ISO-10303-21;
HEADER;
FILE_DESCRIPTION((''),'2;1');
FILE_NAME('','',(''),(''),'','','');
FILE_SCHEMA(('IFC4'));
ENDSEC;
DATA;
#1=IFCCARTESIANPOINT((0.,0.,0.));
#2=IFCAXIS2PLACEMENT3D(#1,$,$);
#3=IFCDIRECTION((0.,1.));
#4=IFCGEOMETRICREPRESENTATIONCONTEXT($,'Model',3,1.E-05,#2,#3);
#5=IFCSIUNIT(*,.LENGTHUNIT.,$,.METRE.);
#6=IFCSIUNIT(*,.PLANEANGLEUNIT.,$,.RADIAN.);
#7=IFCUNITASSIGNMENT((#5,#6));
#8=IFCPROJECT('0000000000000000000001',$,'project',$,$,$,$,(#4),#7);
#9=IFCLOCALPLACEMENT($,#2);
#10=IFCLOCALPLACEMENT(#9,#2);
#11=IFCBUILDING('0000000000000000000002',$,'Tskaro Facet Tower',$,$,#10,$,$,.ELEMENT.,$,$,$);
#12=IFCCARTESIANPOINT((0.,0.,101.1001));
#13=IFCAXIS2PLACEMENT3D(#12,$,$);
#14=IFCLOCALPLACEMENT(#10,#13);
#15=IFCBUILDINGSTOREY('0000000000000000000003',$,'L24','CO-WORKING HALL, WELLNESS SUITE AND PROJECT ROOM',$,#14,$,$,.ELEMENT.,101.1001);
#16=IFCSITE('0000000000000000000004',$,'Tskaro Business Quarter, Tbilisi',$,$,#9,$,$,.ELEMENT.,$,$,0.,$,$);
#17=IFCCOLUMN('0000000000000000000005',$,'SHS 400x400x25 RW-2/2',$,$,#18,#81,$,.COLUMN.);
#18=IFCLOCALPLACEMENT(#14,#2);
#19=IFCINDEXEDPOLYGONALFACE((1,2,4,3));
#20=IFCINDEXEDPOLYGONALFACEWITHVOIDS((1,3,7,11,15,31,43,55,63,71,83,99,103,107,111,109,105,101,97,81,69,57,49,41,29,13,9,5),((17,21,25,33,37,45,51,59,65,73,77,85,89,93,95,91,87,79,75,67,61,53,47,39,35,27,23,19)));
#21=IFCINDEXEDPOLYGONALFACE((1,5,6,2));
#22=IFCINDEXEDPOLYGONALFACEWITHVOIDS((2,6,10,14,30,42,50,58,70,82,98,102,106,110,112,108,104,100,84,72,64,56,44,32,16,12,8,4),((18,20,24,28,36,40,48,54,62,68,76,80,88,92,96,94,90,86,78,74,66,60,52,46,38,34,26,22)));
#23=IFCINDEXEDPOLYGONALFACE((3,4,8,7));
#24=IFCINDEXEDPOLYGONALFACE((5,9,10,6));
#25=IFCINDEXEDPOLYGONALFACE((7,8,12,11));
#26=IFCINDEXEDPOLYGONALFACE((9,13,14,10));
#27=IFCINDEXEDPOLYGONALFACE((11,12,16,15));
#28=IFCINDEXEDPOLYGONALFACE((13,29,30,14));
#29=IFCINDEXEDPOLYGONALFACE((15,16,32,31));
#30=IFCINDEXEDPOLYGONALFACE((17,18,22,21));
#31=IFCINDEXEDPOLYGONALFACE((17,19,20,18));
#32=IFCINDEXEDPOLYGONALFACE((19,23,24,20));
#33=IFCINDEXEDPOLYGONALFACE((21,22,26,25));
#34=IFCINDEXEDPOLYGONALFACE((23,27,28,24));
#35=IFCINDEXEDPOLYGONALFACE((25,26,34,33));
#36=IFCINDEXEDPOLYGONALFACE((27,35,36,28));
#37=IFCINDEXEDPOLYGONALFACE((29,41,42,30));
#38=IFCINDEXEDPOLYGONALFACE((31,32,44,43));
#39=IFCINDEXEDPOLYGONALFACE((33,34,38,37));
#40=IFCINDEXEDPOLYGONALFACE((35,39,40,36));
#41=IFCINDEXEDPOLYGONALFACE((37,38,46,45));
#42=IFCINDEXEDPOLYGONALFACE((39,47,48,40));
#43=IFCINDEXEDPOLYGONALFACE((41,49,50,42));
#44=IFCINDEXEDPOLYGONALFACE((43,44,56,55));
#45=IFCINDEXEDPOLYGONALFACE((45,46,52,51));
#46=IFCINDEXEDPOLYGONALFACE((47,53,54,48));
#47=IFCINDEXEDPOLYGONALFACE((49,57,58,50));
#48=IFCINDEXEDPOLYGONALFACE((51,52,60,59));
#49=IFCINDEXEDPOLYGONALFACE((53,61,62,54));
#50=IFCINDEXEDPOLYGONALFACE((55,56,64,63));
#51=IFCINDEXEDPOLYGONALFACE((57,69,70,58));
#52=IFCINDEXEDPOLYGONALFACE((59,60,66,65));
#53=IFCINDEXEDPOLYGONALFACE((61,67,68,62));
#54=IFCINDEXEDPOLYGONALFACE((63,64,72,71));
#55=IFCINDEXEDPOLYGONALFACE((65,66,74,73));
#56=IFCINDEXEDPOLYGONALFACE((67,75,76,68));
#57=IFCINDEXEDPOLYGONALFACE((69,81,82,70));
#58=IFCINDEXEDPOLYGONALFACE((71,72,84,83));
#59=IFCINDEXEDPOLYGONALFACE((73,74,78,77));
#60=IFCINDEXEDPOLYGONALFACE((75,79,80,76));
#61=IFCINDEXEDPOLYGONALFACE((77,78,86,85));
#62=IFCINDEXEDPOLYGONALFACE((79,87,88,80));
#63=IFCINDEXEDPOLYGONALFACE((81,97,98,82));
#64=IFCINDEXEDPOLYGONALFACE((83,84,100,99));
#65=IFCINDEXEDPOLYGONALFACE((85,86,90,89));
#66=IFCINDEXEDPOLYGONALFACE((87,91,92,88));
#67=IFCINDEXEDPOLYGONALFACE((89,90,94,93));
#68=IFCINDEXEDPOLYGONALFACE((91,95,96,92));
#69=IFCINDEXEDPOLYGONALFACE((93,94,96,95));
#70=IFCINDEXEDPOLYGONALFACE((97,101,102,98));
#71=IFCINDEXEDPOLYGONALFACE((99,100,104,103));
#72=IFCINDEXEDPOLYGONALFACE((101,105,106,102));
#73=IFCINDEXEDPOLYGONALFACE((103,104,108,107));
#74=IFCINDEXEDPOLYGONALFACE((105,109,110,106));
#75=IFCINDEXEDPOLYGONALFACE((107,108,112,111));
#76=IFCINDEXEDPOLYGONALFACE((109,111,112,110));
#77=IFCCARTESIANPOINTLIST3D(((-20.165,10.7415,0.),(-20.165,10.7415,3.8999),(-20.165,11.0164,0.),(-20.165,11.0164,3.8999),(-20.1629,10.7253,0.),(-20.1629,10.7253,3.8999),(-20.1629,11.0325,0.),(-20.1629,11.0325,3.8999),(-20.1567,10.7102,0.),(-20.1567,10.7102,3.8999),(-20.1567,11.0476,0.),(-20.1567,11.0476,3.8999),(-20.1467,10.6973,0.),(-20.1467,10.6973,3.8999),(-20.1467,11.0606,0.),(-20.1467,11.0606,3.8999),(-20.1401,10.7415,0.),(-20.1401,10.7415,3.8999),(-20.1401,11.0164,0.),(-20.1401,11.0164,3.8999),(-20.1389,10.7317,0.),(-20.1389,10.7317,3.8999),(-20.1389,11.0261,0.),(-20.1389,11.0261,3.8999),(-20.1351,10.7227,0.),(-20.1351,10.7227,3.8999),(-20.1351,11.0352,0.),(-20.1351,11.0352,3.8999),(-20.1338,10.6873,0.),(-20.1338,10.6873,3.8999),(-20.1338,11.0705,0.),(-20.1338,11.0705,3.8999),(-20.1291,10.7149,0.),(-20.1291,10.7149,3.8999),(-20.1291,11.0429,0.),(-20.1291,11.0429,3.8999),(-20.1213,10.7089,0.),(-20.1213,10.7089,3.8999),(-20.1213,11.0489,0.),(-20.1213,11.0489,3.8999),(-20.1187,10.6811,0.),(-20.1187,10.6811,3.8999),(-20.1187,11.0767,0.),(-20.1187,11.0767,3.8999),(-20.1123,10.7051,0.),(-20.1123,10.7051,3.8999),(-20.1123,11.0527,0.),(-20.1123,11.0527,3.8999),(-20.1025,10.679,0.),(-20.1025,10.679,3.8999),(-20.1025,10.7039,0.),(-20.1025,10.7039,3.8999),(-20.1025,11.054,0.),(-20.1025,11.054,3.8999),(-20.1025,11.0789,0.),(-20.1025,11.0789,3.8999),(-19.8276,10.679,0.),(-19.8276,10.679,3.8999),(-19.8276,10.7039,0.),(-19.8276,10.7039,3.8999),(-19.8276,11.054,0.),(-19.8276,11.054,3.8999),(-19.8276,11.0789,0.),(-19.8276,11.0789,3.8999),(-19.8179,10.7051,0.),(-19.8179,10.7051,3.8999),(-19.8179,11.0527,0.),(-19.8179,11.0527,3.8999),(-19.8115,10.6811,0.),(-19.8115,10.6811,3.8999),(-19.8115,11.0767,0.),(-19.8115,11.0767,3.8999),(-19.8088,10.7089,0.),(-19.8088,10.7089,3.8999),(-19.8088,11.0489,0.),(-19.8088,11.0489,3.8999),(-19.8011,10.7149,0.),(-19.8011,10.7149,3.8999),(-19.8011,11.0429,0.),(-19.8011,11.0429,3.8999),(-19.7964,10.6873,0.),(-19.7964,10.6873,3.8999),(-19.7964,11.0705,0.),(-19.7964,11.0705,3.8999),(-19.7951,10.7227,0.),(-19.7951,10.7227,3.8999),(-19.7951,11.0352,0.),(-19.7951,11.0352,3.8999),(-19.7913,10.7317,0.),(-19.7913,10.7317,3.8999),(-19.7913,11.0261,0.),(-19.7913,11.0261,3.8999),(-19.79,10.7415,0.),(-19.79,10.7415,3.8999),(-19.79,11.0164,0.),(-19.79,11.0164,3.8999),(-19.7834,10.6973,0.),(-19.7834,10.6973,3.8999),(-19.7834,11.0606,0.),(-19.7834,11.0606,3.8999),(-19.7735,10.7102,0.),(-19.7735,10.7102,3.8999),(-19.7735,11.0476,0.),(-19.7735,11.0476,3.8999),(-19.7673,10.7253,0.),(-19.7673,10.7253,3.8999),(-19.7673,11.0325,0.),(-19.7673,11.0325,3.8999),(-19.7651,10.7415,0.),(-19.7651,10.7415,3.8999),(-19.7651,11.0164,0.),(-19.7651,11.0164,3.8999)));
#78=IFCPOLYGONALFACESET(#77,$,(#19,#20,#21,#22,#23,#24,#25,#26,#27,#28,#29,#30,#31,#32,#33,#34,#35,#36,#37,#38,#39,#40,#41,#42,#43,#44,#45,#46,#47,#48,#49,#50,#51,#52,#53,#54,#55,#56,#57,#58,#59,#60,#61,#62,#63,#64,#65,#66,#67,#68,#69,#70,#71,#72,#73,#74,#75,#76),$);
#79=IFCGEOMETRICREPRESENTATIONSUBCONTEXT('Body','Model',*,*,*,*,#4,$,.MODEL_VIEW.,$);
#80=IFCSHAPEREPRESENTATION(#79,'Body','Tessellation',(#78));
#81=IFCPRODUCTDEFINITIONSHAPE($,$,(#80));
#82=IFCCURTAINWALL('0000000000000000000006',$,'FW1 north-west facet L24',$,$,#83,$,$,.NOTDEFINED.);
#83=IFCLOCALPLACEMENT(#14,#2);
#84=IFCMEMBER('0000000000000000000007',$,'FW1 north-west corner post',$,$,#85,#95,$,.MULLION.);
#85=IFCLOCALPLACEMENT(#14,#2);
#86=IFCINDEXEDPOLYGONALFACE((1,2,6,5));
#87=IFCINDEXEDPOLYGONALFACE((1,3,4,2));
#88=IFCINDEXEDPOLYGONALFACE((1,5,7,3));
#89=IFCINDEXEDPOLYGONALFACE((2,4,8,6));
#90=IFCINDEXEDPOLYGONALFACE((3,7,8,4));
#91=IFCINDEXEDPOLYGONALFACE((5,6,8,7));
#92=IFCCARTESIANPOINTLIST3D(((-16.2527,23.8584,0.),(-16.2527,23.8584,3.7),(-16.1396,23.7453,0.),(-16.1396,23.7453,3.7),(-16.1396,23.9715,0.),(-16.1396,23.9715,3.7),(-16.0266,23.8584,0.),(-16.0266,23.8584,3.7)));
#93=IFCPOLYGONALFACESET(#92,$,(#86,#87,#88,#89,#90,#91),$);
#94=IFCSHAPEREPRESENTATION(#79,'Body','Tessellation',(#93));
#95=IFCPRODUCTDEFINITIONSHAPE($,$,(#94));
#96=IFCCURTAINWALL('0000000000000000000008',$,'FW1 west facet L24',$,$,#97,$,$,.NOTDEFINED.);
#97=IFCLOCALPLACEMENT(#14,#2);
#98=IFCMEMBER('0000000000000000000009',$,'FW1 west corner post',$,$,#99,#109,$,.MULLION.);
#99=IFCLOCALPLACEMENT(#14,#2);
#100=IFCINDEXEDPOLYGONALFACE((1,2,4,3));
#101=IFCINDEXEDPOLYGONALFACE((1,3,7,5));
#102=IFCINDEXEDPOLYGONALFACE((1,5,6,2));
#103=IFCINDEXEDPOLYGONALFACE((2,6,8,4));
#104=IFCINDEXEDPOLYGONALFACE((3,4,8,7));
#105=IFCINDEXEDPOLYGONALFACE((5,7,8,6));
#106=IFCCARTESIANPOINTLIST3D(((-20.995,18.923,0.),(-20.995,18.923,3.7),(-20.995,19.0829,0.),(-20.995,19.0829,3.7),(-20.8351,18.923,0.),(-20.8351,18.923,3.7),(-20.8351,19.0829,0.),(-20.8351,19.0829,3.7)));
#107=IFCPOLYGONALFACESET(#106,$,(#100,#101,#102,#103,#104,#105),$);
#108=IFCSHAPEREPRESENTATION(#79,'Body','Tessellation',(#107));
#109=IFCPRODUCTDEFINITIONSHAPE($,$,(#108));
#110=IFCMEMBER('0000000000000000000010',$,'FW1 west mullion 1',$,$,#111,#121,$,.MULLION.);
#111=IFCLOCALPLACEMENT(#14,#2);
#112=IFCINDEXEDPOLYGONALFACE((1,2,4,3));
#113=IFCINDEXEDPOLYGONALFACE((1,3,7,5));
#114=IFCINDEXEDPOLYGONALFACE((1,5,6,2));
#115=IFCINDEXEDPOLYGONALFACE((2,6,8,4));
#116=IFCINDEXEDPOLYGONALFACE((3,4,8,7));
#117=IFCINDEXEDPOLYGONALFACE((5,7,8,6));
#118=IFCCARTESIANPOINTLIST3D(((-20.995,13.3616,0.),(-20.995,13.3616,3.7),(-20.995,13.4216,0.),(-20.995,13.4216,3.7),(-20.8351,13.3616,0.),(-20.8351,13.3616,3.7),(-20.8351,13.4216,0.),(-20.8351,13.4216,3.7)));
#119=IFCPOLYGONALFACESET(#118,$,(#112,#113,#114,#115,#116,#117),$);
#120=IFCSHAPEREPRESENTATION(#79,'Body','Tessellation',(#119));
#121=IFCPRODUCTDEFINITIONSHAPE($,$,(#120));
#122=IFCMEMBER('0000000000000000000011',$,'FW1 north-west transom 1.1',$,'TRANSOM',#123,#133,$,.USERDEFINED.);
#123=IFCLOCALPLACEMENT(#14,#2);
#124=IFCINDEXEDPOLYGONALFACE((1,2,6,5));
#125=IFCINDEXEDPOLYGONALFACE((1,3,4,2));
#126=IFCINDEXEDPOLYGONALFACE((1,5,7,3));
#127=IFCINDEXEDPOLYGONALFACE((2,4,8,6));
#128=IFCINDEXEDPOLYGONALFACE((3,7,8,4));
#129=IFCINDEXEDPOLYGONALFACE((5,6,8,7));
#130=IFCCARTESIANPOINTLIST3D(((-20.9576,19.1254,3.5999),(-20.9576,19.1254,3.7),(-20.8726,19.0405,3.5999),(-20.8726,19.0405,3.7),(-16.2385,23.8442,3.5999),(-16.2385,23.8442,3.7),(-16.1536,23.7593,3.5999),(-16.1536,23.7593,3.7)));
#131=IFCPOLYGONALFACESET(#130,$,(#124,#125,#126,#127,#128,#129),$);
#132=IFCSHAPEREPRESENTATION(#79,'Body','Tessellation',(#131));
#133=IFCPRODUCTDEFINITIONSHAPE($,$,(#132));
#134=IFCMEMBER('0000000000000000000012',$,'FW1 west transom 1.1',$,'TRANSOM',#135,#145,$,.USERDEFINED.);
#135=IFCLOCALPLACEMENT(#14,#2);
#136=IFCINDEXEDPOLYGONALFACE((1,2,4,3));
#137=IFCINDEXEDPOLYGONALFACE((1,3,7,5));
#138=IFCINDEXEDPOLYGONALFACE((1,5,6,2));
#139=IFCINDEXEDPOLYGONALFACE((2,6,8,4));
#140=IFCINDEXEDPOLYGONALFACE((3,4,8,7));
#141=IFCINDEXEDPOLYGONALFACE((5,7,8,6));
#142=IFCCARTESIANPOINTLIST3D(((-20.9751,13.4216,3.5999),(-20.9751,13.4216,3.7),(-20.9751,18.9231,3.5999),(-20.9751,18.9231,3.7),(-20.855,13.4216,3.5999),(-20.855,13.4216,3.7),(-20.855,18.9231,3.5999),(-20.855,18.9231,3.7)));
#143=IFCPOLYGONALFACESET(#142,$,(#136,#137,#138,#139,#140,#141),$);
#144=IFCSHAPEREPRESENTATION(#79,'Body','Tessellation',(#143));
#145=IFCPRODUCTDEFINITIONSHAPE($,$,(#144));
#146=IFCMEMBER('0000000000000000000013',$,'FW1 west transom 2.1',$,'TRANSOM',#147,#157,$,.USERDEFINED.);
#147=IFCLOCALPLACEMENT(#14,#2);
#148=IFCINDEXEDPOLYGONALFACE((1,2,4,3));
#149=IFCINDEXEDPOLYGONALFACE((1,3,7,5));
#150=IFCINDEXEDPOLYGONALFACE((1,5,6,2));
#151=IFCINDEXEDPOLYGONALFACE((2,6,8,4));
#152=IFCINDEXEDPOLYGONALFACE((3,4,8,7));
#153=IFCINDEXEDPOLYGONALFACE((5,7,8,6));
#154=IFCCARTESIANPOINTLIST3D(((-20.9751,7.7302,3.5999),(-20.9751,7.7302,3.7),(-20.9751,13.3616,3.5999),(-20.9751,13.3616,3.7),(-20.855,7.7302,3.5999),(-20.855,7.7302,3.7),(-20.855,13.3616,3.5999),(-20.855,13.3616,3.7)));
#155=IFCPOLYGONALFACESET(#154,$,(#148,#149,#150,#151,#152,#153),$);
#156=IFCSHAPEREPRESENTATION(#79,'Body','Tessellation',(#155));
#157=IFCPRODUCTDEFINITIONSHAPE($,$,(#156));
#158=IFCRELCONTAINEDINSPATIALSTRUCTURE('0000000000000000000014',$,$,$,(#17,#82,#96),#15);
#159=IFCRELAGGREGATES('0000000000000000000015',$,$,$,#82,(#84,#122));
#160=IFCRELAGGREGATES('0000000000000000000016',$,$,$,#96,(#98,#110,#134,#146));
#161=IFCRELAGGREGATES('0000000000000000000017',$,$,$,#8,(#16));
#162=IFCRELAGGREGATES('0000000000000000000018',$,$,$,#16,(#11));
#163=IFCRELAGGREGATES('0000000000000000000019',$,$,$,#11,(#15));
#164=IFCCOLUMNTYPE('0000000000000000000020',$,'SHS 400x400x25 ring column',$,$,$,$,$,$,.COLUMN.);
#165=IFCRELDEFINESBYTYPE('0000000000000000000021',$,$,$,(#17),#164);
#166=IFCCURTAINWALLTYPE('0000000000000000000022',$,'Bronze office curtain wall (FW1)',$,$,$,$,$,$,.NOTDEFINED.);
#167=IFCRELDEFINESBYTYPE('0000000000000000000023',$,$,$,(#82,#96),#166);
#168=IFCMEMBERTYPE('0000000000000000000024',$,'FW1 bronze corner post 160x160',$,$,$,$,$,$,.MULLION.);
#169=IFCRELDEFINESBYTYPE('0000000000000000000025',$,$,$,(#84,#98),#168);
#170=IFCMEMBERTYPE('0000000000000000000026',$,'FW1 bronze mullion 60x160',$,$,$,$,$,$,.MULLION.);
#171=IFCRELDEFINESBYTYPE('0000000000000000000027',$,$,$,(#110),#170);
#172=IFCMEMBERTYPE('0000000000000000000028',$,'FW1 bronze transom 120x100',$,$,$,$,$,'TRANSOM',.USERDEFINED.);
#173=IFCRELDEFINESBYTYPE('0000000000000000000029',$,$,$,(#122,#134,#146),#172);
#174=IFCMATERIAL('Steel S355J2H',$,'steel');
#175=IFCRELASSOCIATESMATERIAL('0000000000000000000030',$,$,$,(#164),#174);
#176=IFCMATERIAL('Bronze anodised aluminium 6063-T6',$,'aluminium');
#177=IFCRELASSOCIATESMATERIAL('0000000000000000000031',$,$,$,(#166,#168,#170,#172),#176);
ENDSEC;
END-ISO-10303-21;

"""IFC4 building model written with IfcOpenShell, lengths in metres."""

from ifc_helpers import new_model, si_unit, direction, frame, origin, origin_2d, place, context, subcontext, project, spatial, rectangle, hollow_rectangle, extrude, material, material_profile, profile_set, type_object, element, aggregate, save


model = new_model("IFC4")

# Units and contexts
model_context = context("Model", 3, precision=1e-05, world=origin(), true_north=direction((0.0, 1.0)))
body_context = subcontext(model_context, "Body", "Model", "MODEL_VIEW")
ifc_project = project(units=[si_unit("LENGTHUNIT", "METRE"), si_unit("PLANEANGLEUNIT", "RADIAN")], contexts=[model_context])

# Site, building, storey
site_placement = place(None, origin())
site = spatial("IfcSite", under=ifc_project, at=site_placement, Name="Tskaro Business Quarter, Tbilisi", CompositionType="ELEMENT", RefElevation=0.0)
building_placement = place(site_placement, origin())
building = spatial("IfcBuilding", under=site, at=building_placement, Name="Tskaro Facet Tower", CompositionType="ELEMENT")
storey_placement = place(building_placement, frame((0.0, 0.0, 101.1001)))
storey = spatial("IfcBuildingStorey", under=building, at=storey_placement, Name="L24", Description="CO-WORKING HALL, WELLNESS SUITE AND PROJECT ROOM", CompositionType="ELEMENT", Elevation=101.1001)

# Column
ifc_material_1 = material(Name="Steel S355J2H", Category="steel")
ifc_material_profile_1 = material_profile(ifc_material_1, hollow_rectangle(XDim=0.3999, YDim=0.3999, WallThickness=0.0249, InnerFilletRadius=0.0376, OuterFilletRadius=0.0625, at=origin_2d()), Name="SHS 400x400x25")
ifc_profile_set_1 = profile_set([ifc_material_profile_1], Name="Steel S355J2H")
column_type_1 = type_object("IfcColumnType", Name="SHS 400x400x25 ring column", PredefinedType="COLUMN", material=ifc_profile_set_1)
for number, where, z_axis, x_axis, name in (
    (1, (-19.9651, 10.8789, 0.0), (0.0, 0.0, 1.0), (1.0, 0.0, 0.0), "SHS 400x400x25 RW-2/2"),
):
    element("IfcColumn", number, at=place(storey_placement, frame(where, z_axis=z_axis, x_axis=x_axis)), inside=storey, type_object=column_type_1, Name=name, PredefinedType="COLUMN", context=body_context, shape_type="SweptSolid", body=[
        extrude(hollow_rectangle(XDim=0.3999, YDim=0.3999, WallThickness=0.0249, InnerFilletRadius=0.0376, OuterFilletRadius=0.0625, at=origin_2d()), origin(), (0.0, 0.0, 1.0), 3.8999),
    ])

# Curtain wall, member
ifc_material_2 = material(Name="Bronze anodised aluminium 6063-T6", Category="aluminium")
curtain_wall_type = type_object("IfcCurtainWallType", Name="Bronze office curtain wall (FW1)", PredefinedType="NOTDEFINED", material=ifc_material_2)
curtain_wall_1_placement = place(storey_placement, origin())
curtain_wall_1 = element("IfcCurtainWall", 2, at=curtain_wall_1_placement, inside=storey, type_object=curtain_wall_type, Name="FW1 north-west facet L24", PredefinedType="NOTDEFINED")
ifc_material_profile_2 = material_profile(ifc_material_2, rectangle(XDim=0.1599, YDim=0.1599, at=origin_2d()), Name="Corner post 160x160")
ifc_profile_set_2 = profile_set([ifc_material_profile_2], Name="Bronze anodised aluminium 6063-T6")
member_type_1 = type_object("IfcMemberType", Name="FW1 bronze corner post 160x160", PredefinedType="MULLION", material=ifc_profile_set_2)
member_1_placement = place(storey_placement, frame((-16.1396, 23.8584, 0.0), z_axis=(0.0, 0.0, 1.0), x_axis=(-0.707107, -0.707107, 0.0)))
member_1 = element("IfcMember", 3, at=member_1_placement, type_object=member_type_1, Name="FW1 north-west corner post", PredefinedType="MULLION", context=body_context, shape_type="SweptSolid", body=[
    extrude(rectangle(XDim=0.1599, YDim=0.1599, at=origin_2d()), origin(), (0.0, 0.0, 1.0), 3.7),
])

# Curtain wall, members
curtain_wall_2_placement = place(storey_placement, origin())
curtain_wall_2 = element("IfcCurtainWall", 4, at=curtain_wall_2_placement, inside=storey, type_object=curtain_wall_type, Name="FW1 west facet L24", PredefinedType="NOTDEFINED")
member_2_placement = place(storey_placement, frame((-20.915, 19.0029, 0.0), z_axis=(0.0, 0.0, 1.0), x_axis=(0.0, -1.0, 0.0)))
member_2 = element("IfcMember", 5, at=member_2_placement, type_object=member_type_1, Name="FW1 west corner post", PredefinedType="MULLION", context=body_context, shape_type="SweptSolid", body=[
    extrude(rectangle(XDim=0.1599, YDim=0.1599, at=origin_2d()), origin(), (0.0, 0.0, 1.0), 3.7),
])
ifc_material_profile_3 = material_profile(ifc_material_2, rectangle(XDim=0.0601, YDim=0.1599, at=origin_2d()), Name="Mullion 60x160")
ifc_profile_set_3 = profile_set([ifc_material_profile_3], Name="Bronze anodised aluminium 6063-T6")
member_type_2 = type_object("IfcMemberType", Name="FW1 bronze mullion 60x160", PredefinedType="MULLION", material=ifc_profile_set_3)
member_3_placement = place(storey_placement, frame((-20.915, 13.3916, 0.0), z_axis=(0.0, 0.0, 1.0), x_axis=(0.0, -1.0, 0.0)))
member_3 = element("IfcMember", 6, at=member_3_placement, type_object=member_type_2, Name="FW1 west mullion 1", PredefinedType="MULLION", context=body_context, shape_type="SweptSolid", body=[
    extrude(rectangle(XDim=0.0601, YDim=0.1599, at=origin_2d()), origin(), (0.0, 0.0, 1.0), 3.7),
])

# Members
ifc_material_profile_4 = material_profile(ifc_material_2, rectangle(XDim=0.1201, YDim=0.1001, at=origin_2d()), Name="Transom 120x100")
ifc_profile_set_4 = profile_set([ifc_material_profile_4], Name="Bronze anodised aluminium 6063-T6")
member_type_3 = type_object("IfcMemberType", Name="FW1 bronze transom 120x100", ElementType="TRANSOM", PredefinedType="USERDEFINED", material=ifc_profile_set_4)
member_4_placement = place(storey_placement, frame((-16.196, 23.8018, 3.6499), z_axis=(-0.707125, -0.707088, 0.0), x_axis=(0.707088, -0.707125, 0.0)))
member_4 = element("IfcMember", 7, at=member_4_placement, type_object=member_type_3, Name="FW1 north-west transom 1.1", ObjectType="TRANSOM", PredefinedType="USERDEFINED", context=body_context, shape_type="SweptSolid", body=[
    extrude(rectangle(XDim=0.1201, YDim=0.1001, at=origin_2d()), origin(), (0.0, 0.0, 1.0), 6.6736),
])
member_5_placement = place(storey_placement, frame((-20.915, 18.9231, 3.6499), z_axis=(0.0, -1.0, 0.0), x_axis=(1.0, 0.0, 0.0)))
member_5 = element("IfcMember", 8, at=member_5_placement, type_object=member_type_3, Name="FW1 west transom 1.1", ObjectType="TRANSOM", PredefinedType="USERDEFINED", context=body_context, shape_type="SweptSolid", body=[
    extrude(rectangle(XDim=0.1201, YDim=0.1001, at=origin_2d()), origin(), (0.0, 0.0, 1.0), 5.5015),
])
member_6_placement = place(storey_placement, frame((-20.915, 13.3616, 3.6499), z_axis=(0.0, -1.0, 0.0), x_axis=(1.0, 0.0, 0.0)))
member_6 = element("IfcMember", 9, at=member_6_placement, type_object=member_type_3, Name="FW1 west transom 2.1", ObjectType="TRANSOM", PredefinedType="USERDEFINED", context=body_context, shape_type="SweptSolid", body=[
    extrude(rectangle(XDim=0.1201, YDim=0.1001, at=origin_2d()), origin(), (0.0, 0.0, 1.0), 5.6313),
])

aggregate(curtain_wall_1, [member_1, member_4])
aggregate(curtain_wall_2, [member_2, member_3, member_5, member_6])

save(model, "model.ifc")
